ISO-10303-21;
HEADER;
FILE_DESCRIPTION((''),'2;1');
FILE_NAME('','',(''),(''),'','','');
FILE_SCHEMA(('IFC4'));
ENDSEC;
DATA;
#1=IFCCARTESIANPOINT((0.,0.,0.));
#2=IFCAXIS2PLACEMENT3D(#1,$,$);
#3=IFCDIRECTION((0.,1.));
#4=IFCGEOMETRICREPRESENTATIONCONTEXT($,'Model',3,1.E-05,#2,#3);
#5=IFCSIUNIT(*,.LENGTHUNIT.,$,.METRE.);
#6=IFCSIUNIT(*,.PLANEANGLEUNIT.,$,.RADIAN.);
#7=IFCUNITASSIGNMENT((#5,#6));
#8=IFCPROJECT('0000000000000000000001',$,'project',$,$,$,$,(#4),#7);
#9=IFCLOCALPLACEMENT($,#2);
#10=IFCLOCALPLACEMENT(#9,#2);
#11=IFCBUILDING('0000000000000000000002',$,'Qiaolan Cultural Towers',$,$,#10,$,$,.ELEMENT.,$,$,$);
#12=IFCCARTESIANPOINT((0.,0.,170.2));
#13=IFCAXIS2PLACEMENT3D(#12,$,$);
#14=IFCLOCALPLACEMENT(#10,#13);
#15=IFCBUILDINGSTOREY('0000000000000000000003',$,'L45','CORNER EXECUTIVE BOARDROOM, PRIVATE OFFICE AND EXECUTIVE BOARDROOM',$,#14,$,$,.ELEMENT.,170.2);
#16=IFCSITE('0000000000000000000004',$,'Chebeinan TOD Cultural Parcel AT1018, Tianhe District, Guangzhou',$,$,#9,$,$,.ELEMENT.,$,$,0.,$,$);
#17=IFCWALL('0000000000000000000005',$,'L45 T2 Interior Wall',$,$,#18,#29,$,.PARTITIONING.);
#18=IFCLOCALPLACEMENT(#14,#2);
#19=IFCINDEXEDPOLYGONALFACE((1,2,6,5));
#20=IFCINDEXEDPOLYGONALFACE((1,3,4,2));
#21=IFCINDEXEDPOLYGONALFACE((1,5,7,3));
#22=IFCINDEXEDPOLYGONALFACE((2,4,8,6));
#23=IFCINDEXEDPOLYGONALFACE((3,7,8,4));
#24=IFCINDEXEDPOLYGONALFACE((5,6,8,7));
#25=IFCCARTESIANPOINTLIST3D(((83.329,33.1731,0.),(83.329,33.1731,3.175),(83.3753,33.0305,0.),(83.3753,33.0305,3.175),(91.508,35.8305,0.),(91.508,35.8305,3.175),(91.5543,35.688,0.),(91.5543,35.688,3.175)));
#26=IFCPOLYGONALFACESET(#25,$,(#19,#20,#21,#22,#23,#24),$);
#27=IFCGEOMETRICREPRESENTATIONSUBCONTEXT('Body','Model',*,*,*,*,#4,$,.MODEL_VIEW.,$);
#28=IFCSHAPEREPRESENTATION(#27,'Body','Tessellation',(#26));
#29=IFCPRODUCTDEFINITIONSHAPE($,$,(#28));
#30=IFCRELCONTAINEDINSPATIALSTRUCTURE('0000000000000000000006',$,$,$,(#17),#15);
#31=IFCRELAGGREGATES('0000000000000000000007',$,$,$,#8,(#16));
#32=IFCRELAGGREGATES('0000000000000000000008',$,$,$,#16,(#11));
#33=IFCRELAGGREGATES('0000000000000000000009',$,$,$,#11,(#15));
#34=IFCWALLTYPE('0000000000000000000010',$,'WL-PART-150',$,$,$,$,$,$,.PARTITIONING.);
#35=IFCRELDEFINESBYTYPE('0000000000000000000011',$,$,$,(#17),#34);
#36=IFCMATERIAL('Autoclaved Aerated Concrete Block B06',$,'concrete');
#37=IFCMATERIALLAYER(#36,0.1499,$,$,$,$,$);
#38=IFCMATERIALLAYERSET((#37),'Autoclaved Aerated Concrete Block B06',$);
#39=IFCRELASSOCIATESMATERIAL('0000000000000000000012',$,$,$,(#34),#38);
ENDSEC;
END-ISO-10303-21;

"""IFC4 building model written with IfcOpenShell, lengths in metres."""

from ifc_helpers import new_model, si_unit, direction, frame, frame_2d, origin, place, context, subcontext, project, spatial, rectangle, extrude, material, layer, layer_set, type_object, element, save


model = new_model("IFC4")

# Units and contexts
model_context = context("Model", 3, precision=1e-05, world=origin(), true_north=direction((0.0, 1.0)))
body_context = subcontext(model_context, "Body", "Model", "MODEL_VIEW")
ifc_project = project(units=[si_unit("LENGTHUNIT", "METRE"), si_unit("PLANEANGLEUNIT", "RADIAN")], contexts=[model_context])

# Site, building, storey
site_placement = place(None, origin())
site = spatial("IfcSite", under=ifc_project, at=site_placement, Name="Chebeinan TOD Cultural Parcel AT1018, Tianhe District, Guangzhou", CompositionType="ELEMENT", RefElevation=0.0)
building_placement = place(site_placement, origin())
building = spatial("IfcBuilding", under=site, at=building_placement, Name="Qiaolan Cultural Towers", CompositionType="ELEMENT")
storey_placement = place(building_placement, frame((0.0, 0.0, 170.2)))
storey = spatial("IfcBuildingStorey", under=building, at=storey_placement, Name="L45", Description="CORNER EXECUTIVE BOARDROOM, PRIVATE OFFICE AND EXECUTIVE BOARDROOM", CompositionType="ELEMENT", Elevation=170.2)

# Shared definitions
ifc_material_1 = material(Name="Autoclaved Aerated Concrete Block B06", Category="concrete")
ifc_layer_1 = layer(ifc_material_1, 0.1499)
ifc_layer_set_1 = layer_set([ifc_layer_1], Name="Autoclaved Aerated Concrete Block B06")
wall_type_1 = type_object("IfcWallType", Name="WL-PART-150", PredefinedType="PARTITIONING", material=ifc_layer_set_1)

# Wall
wall_1_placement = place(storey_placement, frame((83.3523, 33.1018, 0.0), z_axis=(0.0, 0.0, 1.0), x_axis=(0.951058, 0.309014, 0.0)))
element("IfcWall", 1, at=wall_1_placement, inside=storey, type_object=wall_type_1, Name="L45 T2 Interior Wall", PredefinedType="PARTITIONING", context=body_context, shape_type="SweptSolid", body=[
    extrude(rectangle(XDim=8.5999, YDim=0.1499, at=frame_2d((4.2998, 0.0))), origin(), (0.0, 0.0, 1.0), 3.175),
])

save(model, "model.ifc")
